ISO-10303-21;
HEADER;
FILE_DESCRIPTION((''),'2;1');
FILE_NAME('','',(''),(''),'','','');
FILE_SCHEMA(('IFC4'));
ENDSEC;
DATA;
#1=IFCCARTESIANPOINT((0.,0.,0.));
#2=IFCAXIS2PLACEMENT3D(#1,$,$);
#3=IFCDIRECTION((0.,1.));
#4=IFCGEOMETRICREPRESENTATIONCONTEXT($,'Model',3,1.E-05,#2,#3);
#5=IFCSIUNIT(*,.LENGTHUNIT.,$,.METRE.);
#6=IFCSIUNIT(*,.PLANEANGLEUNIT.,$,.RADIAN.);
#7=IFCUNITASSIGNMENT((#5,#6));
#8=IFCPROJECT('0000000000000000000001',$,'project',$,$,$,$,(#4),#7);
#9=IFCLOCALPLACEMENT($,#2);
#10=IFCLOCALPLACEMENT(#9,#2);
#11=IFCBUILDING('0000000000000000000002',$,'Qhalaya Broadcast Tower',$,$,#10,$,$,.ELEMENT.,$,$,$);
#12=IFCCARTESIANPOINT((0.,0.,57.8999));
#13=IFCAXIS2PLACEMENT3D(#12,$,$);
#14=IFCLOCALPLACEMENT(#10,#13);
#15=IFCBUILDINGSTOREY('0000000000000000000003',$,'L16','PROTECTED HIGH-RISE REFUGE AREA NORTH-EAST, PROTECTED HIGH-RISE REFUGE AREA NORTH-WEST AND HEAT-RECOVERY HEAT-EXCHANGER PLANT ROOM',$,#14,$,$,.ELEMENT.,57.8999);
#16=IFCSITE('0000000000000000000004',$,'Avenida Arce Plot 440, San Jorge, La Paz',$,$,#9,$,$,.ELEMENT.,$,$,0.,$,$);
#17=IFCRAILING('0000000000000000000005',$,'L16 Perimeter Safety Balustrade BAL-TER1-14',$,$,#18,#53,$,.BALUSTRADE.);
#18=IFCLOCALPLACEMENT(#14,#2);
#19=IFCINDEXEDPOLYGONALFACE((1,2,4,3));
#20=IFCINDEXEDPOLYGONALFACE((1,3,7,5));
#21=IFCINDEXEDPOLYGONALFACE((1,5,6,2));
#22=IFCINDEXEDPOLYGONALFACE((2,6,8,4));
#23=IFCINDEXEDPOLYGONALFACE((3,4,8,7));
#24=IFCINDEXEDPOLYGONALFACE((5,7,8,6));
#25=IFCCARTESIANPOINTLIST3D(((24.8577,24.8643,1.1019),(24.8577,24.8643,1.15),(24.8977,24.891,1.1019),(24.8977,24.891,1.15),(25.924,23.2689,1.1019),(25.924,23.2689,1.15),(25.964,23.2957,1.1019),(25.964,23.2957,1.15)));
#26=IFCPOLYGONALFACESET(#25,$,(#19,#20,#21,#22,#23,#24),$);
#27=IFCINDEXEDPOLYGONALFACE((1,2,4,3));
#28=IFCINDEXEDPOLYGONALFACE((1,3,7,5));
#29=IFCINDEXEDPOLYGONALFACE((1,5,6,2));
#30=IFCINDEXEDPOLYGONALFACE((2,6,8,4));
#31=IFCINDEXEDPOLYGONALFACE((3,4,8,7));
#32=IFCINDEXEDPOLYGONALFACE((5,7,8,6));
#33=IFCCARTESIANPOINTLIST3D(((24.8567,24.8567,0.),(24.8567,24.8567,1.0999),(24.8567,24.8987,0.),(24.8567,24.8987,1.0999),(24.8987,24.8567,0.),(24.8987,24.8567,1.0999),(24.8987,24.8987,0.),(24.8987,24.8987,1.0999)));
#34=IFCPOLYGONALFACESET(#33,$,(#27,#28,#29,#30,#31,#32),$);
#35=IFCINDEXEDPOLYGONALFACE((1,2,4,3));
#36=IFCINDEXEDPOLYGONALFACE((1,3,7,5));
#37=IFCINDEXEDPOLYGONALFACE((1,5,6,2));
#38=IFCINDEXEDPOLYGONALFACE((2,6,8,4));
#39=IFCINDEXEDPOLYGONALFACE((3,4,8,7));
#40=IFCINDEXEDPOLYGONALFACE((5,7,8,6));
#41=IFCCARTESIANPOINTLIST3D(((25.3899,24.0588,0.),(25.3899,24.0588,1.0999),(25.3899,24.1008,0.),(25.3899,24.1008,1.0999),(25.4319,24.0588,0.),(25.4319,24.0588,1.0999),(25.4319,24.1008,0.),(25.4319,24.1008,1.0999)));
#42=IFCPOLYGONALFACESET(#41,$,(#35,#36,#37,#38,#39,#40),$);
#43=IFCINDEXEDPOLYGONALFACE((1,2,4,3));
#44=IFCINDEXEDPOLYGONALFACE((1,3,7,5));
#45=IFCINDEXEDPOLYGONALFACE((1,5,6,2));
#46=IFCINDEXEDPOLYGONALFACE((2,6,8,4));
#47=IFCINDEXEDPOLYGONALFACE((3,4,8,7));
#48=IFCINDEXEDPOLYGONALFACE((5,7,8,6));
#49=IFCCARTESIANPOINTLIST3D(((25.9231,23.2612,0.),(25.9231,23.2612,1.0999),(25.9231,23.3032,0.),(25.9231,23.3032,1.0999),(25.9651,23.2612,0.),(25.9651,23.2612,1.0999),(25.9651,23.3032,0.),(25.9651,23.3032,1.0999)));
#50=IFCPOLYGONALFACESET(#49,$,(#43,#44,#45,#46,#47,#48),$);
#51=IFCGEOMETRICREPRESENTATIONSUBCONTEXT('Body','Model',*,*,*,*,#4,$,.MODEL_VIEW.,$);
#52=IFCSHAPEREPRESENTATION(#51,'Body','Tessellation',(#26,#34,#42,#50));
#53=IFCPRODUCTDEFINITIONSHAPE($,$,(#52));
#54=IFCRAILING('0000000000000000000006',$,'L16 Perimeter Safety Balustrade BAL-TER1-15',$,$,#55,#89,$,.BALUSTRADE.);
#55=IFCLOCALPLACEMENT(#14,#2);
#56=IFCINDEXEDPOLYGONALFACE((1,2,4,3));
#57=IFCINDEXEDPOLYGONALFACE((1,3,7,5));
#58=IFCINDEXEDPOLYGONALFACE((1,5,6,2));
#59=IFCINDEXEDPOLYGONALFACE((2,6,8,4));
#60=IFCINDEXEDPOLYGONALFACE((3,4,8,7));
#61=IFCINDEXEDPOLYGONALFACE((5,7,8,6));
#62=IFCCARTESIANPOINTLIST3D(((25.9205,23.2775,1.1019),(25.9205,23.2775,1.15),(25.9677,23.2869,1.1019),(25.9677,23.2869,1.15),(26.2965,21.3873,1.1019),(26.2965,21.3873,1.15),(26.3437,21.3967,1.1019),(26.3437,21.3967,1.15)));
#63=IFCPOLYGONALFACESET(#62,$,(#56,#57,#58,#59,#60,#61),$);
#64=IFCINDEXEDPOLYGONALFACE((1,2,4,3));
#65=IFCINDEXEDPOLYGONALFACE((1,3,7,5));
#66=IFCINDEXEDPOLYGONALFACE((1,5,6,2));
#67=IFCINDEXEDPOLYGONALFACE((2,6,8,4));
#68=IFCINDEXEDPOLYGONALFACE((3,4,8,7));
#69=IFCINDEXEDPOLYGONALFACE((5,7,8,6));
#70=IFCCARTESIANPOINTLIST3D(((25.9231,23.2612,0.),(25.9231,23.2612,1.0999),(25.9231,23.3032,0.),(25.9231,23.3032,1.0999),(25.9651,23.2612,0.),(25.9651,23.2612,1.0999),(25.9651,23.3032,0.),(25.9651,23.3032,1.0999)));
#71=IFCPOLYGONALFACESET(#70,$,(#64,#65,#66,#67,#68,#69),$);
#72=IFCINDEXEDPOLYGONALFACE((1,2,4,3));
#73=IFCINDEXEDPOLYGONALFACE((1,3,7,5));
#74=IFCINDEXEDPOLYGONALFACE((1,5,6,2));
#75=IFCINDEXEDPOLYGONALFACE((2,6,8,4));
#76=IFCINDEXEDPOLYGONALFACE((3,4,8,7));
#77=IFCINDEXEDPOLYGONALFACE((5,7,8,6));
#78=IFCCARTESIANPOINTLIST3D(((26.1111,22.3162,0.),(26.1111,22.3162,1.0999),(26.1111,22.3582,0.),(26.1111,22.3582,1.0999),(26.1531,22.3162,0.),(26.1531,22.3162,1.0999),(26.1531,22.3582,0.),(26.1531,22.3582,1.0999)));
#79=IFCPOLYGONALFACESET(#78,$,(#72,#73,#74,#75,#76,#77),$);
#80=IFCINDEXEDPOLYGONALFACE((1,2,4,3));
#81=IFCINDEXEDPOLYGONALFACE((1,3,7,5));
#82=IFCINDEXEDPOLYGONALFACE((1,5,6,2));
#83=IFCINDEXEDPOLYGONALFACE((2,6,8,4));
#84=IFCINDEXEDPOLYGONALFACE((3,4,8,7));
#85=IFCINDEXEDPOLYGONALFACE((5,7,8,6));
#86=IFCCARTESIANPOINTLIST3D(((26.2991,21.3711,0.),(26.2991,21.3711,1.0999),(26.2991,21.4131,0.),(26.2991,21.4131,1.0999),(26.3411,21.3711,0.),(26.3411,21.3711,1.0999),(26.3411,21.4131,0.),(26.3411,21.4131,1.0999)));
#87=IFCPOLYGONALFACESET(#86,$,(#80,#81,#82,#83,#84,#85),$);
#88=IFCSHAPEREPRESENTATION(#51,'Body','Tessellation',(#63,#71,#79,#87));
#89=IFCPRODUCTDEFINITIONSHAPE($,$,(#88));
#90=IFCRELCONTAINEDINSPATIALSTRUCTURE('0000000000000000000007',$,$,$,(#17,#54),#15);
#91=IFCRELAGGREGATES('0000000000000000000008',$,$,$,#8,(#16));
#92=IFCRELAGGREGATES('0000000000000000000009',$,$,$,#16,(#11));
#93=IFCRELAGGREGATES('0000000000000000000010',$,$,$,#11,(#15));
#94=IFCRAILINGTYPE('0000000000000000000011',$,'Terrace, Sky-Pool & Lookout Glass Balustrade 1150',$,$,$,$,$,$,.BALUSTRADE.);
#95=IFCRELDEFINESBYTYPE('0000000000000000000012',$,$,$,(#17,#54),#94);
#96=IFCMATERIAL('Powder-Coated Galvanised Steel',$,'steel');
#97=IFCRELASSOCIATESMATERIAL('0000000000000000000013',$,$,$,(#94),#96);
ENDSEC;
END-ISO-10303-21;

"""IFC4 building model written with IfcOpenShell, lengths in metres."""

from ifc_helpers import new_model, si_unit, direction, frame, origin, origin_2d, place, context, subcontext, project, spatial, rectangle, extrude, material, type_object, element, save


model = new_model("IFC4")

# Units and contexts
model_context = context("Model", 3, precision=1e-05, world=origin(), true_north=direction((0.0, 1.0)))
body_context = subcontext(model_context, "Body", "Model", "MODEL_VIEW")
ifc_project = project(units=[si_unit("LENGTHUNIT", "METRE"), si_unit("PLANEANGLEUNIT", "RADIAN")], contexts=[model_context])

# Site, building, storey
site_placement = place(None, origin())
site = spatial("IfcSite", under=ifc_project, at=site_placement, Name="Avenida Arce Plot 440, San Jorge, La Paz", CompositionType="ELEMENT", RefElevation=0.0)
building_placement = place(site_placement, origin())
building = spatial("IfcBuilding", under=site, at=building_placement, Name="Qhalaya Broadcast Tower", CompositionType="ELEMENT")
storey_placement = place(building_placement, frame((0.0, 0.0, 57.8999)))
storey = spatial("IfcBuildingStorey", under=building, at=storey_placement, Name="L16", Description="PROTECTED HIGH-RISE REFUGE AREA NORTH-EAST, PROTECTED HIGH-RISE REFUGE AREA NORTH-WEST AND HEAT-RECOVERY HEAT-EXCHANGER PLANT ROOM", CompositionType="ELEMENT", Elevation=57.8999)

# Railings
ifc_material_1 = material(Name="Powder-Coated Galvanised Steel", Category="steel")
railing_type = type_object("IfcRailingType", Name="Terrace, Sky-Pool & Lookout Glass Balustrade 1150", PredefinedType="BALUSTRADE", material=ifc_material_1)
railing_1_placement = place(storey_placement, frame((24.8777, 24.8777, 0.0)))
element("IfcRailing", 1, at=railing_1_placement, inside=storey, type_object=railing_type, Name="L16 Perimeter Safety Balustrade BAL-TER1-14", PredefinedType="BALUSTRADE", context=body_context, shape_type="SweptSolid", body=[
    extrude(rectangle(XDim=0.0481, YDim=0.0481, at=origin_2d()), frame((0.0, 0.0, 1.126), z_axis=(0.555698, -0.831384, 0.0), x_axis=(0.831384, 0.555698, 0.0)), (0.0, 0.0, 1.0), 1.9189),
    extrude(rectangle(XDim=0.042, YDim=0.042, at=origin_2d()), origin(), (0.0, 0.0, 1.0), 1.0999),
    extrude(rectangle(XDim=0.042, YDim=0.042, at=origin_2d()), frame((0.5332, -0.7979, 0.0)), (0.0, 0.0, 1.0), 1.0999),
    extrude(rectangle(XDim=0.042, YDim=0.042, at=origin_2d()), frame((1.0664, -1.5955, 0.0)), (0.0, 0.0, 1.0), 1.0999),
])
railing_2_placement = place(storey_placement, frame((25.9441, 23.2822, 0.0)))
element("IfcRailing", 2, at=railing_2_placement, inside=storey, type_object=railing_type, Name="L16 Perimeter Safety Balustrade BAL-TER1-15", PredefinedType="BALUSTRADE", context=body_context, shape_type="SweptSolid", body=[
    extrude(rectangle(XDim=0.0481, YDim=0.0481, at=origin_2d()), frame((0.0, 0.0, 1.126), z_axis=(0.195093, -0.980785, 0.0), x_axis=(0.980785, 0.195093, 0.0)), (0.0, 0.0, 1.0), 1.9272),
    extrude(rectangle(XDim=0.042, YDim=0.042, at=origin_2d()), origin(), (0.0, 0.0, 1.0), 1.0999),
    extrude(rectangle(XDim=0.042, YDim=0.042, at=origin_2d()), frame((0.188, -0.9451, 0.0)), (0.0, 0.0, 1.0), 1.0999),
    extrude(rectangle(XDim=0.042, YDim=0.042, at=origin_2d()), frame((0.376, -1.8901, 0.0)), (0.0, 0.0, 1.0), 1.0999),
])

save(model, "model.ifc")
